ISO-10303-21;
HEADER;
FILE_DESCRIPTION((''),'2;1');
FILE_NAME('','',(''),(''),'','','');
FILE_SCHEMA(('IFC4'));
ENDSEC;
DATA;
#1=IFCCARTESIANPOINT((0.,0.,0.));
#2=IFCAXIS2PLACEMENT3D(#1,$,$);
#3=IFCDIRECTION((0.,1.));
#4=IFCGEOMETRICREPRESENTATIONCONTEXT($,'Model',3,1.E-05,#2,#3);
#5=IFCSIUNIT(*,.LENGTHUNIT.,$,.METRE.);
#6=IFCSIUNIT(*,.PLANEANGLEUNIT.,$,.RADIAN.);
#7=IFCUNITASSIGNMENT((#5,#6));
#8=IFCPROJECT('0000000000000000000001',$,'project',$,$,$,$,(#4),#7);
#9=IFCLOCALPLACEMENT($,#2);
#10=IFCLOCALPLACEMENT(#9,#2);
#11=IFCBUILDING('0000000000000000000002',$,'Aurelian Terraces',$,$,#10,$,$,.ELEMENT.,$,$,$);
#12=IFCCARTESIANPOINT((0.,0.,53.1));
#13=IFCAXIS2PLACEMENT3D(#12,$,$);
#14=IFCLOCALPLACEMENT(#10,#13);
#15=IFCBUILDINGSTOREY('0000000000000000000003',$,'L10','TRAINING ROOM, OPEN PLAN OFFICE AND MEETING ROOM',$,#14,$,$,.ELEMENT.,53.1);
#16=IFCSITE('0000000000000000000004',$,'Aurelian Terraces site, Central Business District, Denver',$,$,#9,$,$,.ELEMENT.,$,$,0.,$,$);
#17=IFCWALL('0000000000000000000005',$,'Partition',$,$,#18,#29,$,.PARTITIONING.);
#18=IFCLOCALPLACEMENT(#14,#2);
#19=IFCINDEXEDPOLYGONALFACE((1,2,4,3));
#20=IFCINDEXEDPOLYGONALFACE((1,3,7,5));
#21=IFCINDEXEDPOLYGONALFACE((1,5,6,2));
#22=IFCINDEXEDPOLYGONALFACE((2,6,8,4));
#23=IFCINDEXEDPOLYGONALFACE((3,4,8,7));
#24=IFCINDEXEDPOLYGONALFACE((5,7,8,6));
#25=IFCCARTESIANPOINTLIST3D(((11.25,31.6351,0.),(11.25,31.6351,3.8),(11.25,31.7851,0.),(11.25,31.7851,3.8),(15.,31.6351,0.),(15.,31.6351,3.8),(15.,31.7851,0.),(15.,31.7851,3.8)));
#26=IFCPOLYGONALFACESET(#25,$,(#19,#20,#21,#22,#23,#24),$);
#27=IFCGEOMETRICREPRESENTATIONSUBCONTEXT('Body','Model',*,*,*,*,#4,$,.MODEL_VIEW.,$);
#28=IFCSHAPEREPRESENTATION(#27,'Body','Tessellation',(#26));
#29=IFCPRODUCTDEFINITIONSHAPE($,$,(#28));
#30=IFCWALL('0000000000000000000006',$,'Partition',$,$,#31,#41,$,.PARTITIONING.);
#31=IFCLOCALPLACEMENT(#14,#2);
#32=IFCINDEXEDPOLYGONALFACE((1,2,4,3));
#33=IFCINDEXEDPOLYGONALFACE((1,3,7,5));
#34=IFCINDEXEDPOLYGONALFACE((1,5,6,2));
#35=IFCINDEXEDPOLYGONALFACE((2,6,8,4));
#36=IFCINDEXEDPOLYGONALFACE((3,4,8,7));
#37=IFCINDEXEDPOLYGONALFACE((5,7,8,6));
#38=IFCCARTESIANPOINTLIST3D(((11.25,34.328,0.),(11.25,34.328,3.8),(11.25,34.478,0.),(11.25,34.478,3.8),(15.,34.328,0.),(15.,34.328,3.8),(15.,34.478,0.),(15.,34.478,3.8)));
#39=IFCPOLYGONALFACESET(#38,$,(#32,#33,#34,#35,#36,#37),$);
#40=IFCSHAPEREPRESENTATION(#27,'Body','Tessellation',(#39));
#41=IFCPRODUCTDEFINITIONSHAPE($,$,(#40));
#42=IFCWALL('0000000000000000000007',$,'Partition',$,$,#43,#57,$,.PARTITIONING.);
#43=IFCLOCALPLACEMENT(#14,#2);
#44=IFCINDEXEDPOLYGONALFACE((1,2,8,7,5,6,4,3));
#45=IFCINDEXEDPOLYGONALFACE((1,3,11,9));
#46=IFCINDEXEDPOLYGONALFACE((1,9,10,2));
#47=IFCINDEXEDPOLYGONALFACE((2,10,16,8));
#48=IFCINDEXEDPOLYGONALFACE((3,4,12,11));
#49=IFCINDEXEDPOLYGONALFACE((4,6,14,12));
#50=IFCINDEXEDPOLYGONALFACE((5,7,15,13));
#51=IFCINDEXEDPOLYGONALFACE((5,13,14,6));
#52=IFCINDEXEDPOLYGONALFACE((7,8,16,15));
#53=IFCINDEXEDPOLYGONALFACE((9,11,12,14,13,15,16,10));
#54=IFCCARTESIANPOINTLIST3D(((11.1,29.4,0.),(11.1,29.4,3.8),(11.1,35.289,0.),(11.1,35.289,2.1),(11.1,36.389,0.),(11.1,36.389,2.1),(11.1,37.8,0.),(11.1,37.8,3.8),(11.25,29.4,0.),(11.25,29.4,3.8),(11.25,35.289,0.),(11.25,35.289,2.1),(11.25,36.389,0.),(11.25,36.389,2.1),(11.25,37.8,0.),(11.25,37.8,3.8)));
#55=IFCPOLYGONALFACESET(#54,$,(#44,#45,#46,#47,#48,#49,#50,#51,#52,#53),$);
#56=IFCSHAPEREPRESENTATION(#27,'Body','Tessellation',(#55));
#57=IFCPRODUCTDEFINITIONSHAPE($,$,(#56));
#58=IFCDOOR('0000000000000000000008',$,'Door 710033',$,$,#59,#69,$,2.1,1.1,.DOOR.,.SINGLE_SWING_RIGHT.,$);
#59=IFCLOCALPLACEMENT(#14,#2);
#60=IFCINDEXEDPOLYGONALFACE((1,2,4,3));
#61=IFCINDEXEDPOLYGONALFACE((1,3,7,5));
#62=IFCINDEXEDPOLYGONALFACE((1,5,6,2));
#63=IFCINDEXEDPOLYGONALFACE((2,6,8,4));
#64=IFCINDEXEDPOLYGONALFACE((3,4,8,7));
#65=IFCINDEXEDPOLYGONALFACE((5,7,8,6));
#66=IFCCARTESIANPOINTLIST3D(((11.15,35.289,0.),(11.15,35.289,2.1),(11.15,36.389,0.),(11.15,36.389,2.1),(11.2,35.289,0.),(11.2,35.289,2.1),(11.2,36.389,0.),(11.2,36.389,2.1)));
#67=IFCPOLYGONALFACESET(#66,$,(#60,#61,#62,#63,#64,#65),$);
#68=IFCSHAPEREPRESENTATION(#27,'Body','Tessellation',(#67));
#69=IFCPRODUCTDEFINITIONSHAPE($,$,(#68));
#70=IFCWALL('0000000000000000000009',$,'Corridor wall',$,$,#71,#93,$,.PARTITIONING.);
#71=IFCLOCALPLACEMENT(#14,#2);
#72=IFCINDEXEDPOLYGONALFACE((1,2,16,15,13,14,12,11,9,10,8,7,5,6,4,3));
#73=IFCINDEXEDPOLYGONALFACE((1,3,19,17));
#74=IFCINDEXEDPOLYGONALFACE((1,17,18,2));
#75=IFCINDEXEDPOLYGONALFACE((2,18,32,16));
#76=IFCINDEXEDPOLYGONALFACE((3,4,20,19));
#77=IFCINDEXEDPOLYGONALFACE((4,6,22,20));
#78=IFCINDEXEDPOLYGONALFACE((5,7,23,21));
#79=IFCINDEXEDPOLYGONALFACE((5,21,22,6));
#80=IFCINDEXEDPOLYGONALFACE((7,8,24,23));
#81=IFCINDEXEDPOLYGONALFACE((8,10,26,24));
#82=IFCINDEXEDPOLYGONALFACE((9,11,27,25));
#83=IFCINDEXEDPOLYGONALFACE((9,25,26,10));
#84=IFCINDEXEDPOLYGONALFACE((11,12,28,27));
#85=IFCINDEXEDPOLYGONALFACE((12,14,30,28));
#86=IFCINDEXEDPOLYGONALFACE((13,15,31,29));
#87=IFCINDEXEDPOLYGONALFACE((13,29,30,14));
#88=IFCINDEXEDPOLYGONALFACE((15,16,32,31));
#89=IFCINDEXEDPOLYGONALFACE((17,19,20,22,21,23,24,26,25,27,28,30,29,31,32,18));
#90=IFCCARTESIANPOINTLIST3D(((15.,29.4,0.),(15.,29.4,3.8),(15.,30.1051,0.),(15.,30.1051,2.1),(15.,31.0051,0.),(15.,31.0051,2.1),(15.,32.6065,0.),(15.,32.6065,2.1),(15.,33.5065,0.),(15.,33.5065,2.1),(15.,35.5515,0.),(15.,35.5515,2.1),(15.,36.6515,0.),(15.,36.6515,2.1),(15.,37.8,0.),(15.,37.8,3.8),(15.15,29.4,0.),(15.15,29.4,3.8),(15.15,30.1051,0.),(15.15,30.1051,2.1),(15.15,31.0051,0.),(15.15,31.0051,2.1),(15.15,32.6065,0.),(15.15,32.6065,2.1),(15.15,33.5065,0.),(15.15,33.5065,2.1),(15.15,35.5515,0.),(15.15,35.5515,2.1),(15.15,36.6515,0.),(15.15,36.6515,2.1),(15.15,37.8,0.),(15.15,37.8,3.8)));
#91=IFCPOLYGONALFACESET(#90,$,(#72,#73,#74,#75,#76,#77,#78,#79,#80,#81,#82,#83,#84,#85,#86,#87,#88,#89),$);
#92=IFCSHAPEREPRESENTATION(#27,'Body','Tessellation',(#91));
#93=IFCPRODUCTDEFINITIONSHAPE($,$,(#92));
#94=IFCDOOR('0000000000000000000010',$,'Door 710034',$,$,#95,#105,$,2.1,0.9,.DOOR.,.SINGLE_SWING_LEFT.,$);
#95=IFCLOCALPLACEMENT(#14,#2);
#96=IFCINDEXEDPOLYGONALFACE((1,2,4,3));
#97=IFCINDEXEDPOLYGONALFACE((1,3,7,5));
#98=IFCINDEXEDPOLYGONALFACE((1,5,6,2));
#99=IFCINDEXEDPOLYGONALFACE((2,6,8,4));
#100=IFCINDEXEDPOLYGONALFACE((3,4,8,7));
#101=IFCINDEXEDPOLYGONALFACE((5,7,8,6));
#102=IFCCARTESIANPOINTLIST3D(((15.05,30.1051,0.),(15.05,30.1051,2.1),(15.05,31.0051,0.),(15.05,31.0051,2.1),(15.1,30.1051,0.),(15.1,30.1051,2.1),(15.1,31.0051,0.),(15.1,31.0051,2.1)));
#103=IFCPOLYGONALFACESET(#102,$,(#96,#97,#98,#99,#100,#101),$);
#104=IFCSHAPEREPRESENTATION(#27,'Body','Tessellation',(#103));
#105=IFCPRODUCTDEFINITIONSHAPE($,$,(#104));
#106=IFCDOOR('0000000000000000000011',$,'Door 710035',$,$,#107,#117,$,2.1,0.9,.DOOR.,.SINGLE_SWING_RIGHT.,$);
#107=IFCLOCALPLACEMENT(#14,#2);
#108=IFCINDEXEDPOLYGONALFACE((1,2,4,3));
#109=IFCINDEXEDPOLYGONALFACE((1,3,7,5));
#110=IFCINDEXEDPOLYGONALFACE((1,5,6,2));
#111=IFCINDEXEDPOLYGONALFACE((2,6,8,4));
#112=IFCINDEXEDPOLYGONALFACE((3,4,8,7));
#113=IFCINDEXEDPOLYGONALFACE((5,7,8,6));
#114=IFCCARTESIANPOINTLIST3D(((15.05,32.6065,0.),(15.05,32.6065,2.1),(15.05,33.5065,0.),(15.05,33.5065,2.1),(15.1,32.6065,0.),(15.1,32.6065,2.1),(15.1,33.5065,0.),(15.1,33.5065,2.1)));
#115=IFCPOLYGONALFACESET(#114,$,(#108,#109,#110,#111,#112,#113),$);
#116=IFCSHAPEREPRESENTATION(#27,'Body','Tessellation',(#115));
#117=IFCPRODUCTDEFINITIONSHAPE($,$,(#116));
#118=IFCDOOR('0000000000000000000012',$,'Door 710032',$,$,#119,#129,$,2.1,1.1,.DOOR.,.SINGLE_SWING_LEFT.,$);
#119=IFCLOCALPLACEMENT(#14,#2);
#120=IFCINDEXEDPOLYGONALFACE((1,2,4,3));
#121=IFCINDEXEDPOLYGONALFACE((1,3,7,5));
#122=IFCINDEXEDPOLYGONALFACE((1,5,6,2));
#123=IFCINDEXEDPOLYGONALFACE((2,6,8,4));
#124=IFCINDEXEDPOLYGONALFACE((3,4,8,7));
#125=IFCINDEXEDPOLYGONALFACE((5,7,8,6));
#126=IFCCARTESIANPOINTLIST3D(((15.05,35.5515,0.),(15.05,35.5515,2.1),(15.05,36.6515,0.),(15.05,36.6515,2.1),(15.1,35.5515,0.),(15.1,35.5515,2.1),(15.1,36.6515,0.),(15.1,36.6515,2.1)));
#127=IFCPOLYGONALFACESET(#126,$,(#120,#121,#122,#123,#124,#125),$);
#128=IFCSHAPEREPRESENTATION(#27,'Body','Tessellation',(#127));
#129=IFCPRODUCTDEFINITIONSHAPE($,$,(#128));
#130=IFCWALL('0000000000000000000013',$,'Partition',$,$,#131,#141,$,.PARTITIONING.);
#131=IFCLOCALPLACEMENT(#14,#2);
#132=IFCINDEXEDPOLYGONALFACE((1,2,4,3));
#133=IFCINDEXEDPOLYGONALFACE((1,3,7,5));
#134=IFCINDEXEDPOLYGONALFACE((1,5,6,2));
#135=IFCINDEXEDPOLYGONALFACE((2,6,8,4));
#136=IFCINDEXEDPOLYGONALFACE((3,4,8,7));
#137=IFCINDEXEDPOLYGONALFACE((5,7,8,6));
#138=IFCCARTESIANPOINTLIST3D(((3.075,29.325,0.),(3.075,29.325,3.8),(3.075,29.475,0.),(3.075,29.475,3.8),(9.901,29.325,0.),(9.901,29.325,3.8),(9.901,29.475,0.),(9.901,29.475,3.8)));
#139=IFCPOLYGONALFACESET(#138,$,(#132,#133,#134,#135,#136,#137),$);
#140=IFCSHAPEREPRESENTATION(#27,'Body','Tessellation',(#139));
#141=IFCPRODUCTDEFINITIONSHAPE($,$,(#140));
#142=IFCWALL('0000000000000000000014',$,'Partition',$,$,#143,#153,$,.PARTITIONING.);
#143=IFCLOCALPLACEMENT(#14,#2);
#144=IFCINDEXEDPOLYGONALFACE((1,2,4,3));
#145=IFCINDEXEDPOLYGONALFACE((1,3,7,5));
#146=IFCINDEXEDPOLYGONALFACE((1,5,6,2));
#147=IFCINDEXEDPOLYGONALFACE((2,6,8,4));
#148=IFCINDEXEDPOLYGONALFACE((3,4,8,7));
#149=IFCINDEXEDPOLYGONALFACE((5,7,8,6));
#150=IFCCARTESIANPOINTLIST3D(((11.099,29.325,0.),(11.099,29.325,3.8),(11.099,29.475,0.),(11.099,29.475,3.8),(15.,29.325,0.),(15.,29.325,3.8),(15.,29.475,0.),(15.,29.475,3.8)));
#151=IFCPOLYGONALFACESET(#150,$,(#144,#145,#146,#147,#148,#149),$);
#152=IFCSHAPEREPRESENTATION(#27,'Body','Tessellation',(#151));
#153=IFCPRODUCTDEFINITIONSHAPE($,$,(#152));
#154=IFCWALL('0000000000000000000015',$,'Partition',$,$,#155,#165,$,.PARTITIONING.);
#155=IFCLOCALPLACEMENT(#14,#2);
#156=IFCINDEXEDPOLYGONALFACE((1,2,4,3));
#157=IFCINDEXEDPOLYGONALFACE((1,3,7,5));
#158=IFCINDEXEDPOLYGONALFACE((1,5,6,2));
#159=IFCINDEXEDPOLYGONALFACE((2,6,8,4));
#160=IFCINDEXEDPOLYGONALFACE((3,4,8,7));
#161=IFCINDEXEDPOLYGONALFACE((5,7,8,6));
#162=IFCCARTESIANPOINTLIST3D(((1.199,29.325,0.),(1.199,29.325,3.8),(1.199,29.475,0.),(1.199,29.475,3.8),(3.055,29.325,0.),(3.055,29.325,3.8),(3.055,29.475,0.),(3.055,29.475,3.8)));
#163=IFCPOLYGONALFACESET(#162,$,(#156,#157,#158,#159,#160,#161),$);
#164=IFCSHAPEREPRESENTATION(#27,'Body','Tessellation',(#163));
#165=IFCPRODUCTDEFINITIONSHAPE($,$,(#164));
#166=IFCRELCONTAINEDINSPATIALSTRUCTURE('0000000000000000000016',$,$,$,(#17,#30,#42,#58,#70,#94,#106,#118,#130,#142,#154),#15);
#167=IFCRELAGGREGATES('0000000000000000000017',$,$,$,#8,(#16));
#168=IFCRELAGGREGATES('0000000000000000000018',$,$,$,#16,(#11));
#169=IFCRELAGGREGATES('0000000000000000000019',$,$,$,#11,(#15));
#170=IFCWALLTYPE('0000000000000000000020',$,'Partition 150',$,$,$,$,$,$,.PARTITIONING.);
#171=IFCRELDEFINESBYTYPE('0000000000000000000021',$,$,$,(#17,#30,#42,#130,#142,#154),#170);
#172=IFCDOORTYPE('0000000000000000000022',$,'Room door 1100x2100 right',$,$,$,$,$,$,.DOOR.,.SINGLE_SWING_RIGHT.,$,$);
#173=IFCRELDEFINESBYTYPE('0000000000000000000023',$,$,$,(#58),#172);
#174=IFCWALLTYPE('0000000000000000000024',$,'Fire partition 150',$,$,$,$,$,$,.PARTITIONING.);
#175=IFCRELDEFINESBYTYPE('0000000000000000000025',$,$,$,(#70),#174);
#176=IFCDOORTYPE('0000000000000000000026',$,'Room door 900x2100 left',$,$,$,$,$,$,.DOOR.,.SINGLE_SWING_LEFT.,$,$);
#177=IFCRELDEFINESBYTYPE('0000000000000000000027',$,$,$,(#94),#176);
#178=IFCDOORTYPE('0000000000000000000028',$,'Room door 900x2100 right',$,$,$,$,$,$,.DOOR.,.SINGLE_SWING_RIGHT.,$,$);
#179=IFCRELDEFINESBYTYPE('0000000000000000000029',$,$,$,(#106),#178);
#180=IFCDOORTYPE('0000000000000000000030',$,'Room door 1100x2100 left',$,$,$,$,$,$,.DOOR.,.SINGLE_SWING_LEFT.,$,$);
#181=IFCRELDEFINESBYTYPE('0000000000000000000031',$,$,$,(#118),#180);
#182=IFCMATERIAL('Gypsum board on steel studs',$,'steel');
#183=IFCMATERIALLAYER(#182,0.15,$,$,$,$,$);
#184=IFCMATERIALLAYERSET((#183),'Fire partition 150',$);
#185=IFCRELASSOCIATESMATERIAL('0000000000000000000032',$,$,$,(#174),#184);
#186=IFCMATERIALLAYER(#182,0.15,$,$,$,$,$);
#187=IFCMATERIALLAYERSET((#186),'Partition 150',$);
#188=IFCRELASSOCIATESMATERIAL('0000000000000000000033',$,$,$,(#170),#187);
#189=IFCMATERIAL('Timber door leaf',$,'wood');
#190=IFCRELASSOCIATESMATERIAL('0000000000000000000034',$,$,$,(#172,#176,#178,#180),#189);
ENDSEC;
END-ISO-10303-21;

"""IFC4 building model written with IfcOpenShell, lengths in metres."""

from ifc_helpers import new_model, si_unit, direction, frame, frame_2d, origin, place, context, subcontext, project, spatial, rectangle, extrude, source, transform, mapped, material, layer, layer_set, type_object, element, fill, save


model = new_model("IFC4")

# Units and contexts
model_context = context("Model", 3, precision=1e-05, world=origin(), true_north=direction((0.0, 1.0)))
body_context = subcontext(model_context, "Body", "Model", "MODEL_VIEW")
ifc_project = project(units=[si_unit("LENGTHUNIT", "METRE"), si_unit("PLANEANGLEUNIT", "RADIAN")], contexts=[model_context])

# Site, building, storey
site_placement = place(None, origin())
site = spatial("IfcSite", under=ifc_project, at=site_placement, Name="Aurelian Terraces site, Central Business District, Denver", CompositionType="ELEMENT", RefElevation=0.0)
building_placement = place(site_placement, origin())
building = spatial("IfcBuilding", under=site, at=building_placement, Name="Aurelian Terraces", CompositionType="ELEMENT")
storey_placement = place(building_placement, frame((0.0, 0.0, 53.1)))
storey = spatial("IfcBuildingStorey", under=building, at=storey_placement, Name="L10", Description="TRAINING ROOM, OPEN PLAN OFFICE AND MEETING ROOM", CompositionType="ELEMENT", Elevation=53.1)

# Walls
ifc_material_1 = material(Name="Gypsum board on steel studs", Category="steel")
ifc_layer_1 = layer(ifc_material_1, 0.15)
ifc_layer_set_1 = layer_set([ifc_layer_1], Name="Fire partition 150")
wall_type_1 = type_object("IfcWallType", Name="Fire partition 150", PredefinedType="PARTITIONING", material=ifc_layer_set_1)
ifc_layer_2 = layer(ifc_material_1, 0.15)
ifc_layer_set_2 = layer_set([ifc_layer_2], Name="Partition 150")
wall_type_2 = type_object("IfcWallType", Name="Partition 150", PredefinedType="PARTITIONING", material=ifc_layer_set_2)
shared_shape_1 = source(origin(), body_context, "Body", "SweptSolid", [
    extrude(rectangle(XDim=3.75, YDim=0.15, at=frame_2d((1.875, 0.0))), origin(), (0.0, 0.0, 1.0), 3.8),
])
for number, where, z_axis, x_axis, name in (
    (1, (15.0, 31.7101, 0.0), (0.0, 0.0, 1.0), (-1.0, 0.0, 0.0), "Partition"),
    (2, (15.0, 34.403, 0.0), (0.0, 0.0, 1.0), (-1.0, 0.0, 0.0), "Partition"),
):
    element("IfcWall", number, at=place(storey_placement, frame(where, z_axis=z_axis, x_axis=x_axis)), inside=storey, type_object=wall_type_2, Name=name, PredefinedType="PARTITIONING", context=body_context, shape_type="MappedRepresentation", body=[
        mapped(shared_shape_1, transform((0.0, 0.0, 0.0), scale=1.0)),
    ])

# Wall, opening, door
shared_shape_2 = source(origin(), body_context, "Body", "SweptSolid", [
    extrude(rectangle(XDim=8.4, YDim=0.15, at=frame_2d((4.2, 0.0))), origin(), (0.0, 0.0, 1.0), 3.8),
])
wall_1_placement = place(storey_placement, frame((11.175, 29.4, 0.0), z_axis=(0.0, 0.0, 1.0), x_axis=(0.0, 1.0, 0.0)))
wall_1 = element("IfcWall", 3, at=wall_1_placement, inside=storey, type_object=wall_type_2, Name="Partition", PredefinedType="PARTITIONING", context=body_context, shape_type="MappedRepresentation", body=[
    mapped(shared_shape_2, transform((0.0, 0.0, 0.0), scale=1.0)),
])
shared_shape_3 = source(origin(), body_context, "Body", "SweptSolid", [
    extrude(rectangle(XDim=1.1, YDim=2.1, at=frame_2d((0.55, 1.05))), frame((0.0, 0.085, 0.0), z_axis=(0.0, -1.0, 0.0), x_axis=(1.0, 0.0, 0.0)), (0.0, 0.0, 1.0), 0.17),
])
opening_1_placement = place(wall_1_placement, frame((5.889, 0.0, 0.0)))
opening_1 = element("IfcOpeningElement", 4, at=opening_1_placement, cuts=wall_1, PredefinedType="OPENING", context=body_context, shape_type="MappedRepresentation", body=[
    mapped(shared_shape_3, transform((0.0, 0.0, 0.0), scale=1.0)),
])
ifc_material_2 = material(Name="Timber door leaf", Category="wood")
door_type_1 = type_object("IfcDoorType", Name="Room door 1100x2100 right", OperationType="SINGLE_SWING_RIGHT", PredefinedType="DOOR", material=ifc_material_2)
shared_shape_4 = source(origin(), body_context, "Body", "SweptSolid", [
    extrude(rectangle(XDim=1.1, YDim=2.1, at=frame_2d((0.55, 1.05))), frame((0.0, 0.025, 0.0), z_axis=(0.0, -1.0, 0.0), x_axis=(1.0, 0.0, 0.0)), (0.0, 0.0, 1.0), 0.05),
])
door_1_placement = place(opening_1_placement, origin())
door_1 = element("IfcDoor", 5, at=door_1_placement, inside=storey, type_object=door_type_1, Name="Door 710033", OperationType="SINGLE_SWING_RIGHT", OverallHeight=2.1, OverallWidth=1.1, PredefinedType="DOOR", context=body_context, shape_type="MappedRepresentation", body=[
    mapped(shared_shape_4, transform((0.0, 0.0, 0.0), scale=1.0)),
])
fill(opening_1, door_1)

# Wall, openings, doors
wall_2_placement = place(storey_placement, frame((15.075, 29.4, 0.0), z_axis=(0.0, 0.0, 1.0), x_axis=(0.0, 1.0, 0.0)))
wall_2 = element("IfcWall", 6, at=wall_2_placement, inside=storey, type_object=wall_type_1, Name="Corridor wall", PredefinedType="PARTITIONING", context=body_context, shape_type="MappedRepresentation", body=[
    mapped(shared_shape_2, transform((0.0, 0.0, 0.0), scale=1.0)),
])
opening_2_placement = place(wall_2_placement, frame((6.1515, 0.0, 0.0)))
opening_2 = element("IfcOpeningElement", 7, at=opening_2_placement, cuts=wall_2, PredefinedType="OPENING", context=body_context, shape_type="MappedRepresentation", body=[
    mapped(shared_shape_3, transform((0.0, 0.0, 0.0), scale=1.0)),
])
shared_shape_5 = source(origin(), body_context, "Body", "SweptSolid", [
    extrude(rectangle(XDim=0.9, YDim=2.1, at=frame_2d((0.45, 1.05))), frame((0.0, 0.085, 0.0), z_axis=(0.0, -1.0, 0.0), x_axis=(1.0, 0.0, 0.0)), (0.0, 0.0, 1.0), 0.17),
])
opening_3_placement = place(wall_2_placement, frame((0.7051, 0.0, 0.0)))
opening_3 = element("IfcOpeningElement", 8, at=opening_3_placement, cuts=wall_2, PredefinedType="OPENING", context=body_context, shape_type="MappedRepresentation", body=[
    mapped(shared_shape_5, transform((0.0, 0.0, 0.0), scale=1.0)),
])
opening_4_placement = place(wall_2_placement, frame((3.2065, 0.0, 0.0)))
opening_4 = element("IfcOpeningElement", 9, at=opening_4_placement, cuts=wall_2, PredefinedType="OPENING", context=body_context, shape_type="MappedRepresentation", body=[
    mapped(shared_shape_5, transform((0.0, 0.0, 0.0), scale=1.0)),
])
door_type_2 = type_object("IfcDoorType", Name="Room door 900x2100 left", OperationType="SINGLE_SWING_LEFT", PredefinedType="DOOR", material=ifc_material_2)
shared_shape_6 = source(origin(), body_context, "Body", "SweptSolid", [
    extrude(rectangle(XDim=0.9, YDim=2.1, at=frame_2d((0.45, 1.05))), frame((0.0, 0.025, 0.0), z_axis=(0.0, -1.0, 0.0), x_axis=(1.0, 0.0, 0.0)), (0.0, 0.0, 1.0), 0.05),
])
door_2_placement = place(opening_3_placement, origin())
door_2 = element("IfcDoor", 10, at=door_2_placement, inside=storey, type_object=door_type_2, Name="Door 710034", OperationType="SINGLE_SWING_LEFT", OverallHeight=2.1, OverallWidth=0.9, PredefinedType="DOOR", context=body_context, shape_type="MappedRepresentation", body=[
    mapped(shared_shape_6, transform((0.0, 0.0, 0.0), scale=1.0)),
])
fill(opening_3, door_2)
door_type_3 = type_object("IfcDoorType", Name="Room door 900x2100 right", OperationType="SINGLE_SWING_RIGHT", PredefinedType="DOOR", material=ifc_material_2)
door_3_placement = place(opening_4_placement, origin())
door_3 = element("IfcDoor", 11, at=door_3_placement, inside=storey, type_object=door_type_3, Name="Door 710035", OperationType="SINGLE_SWING_RIGHT", OverallHeight=2.1, OverallWidth=0.9, PredefinedType="DOOR", context=body_context, shape_type="MappedRepresentation", body=[
    mapped(shared_shape_6, transform((0.0, 0.0, 0.0), scale=1.0)),
])
fill(opening_4, door_3)
door_type_4 = type_object("IfcDoorType", Name="Room door 1100x2100 left", OperationType="SINGLE_SWING_LEFT", PredefinedType="DOOR", material=ifc_material_2)
door_4_placement = place(opening_2_placement, origin())
door_4 = element("IfcDoor", 12, at=door_4_placement, inside=storey, type_object=door_type_4, Name="Door 710032", OperationType="SINGLE_SWING_LEFT", OverallHeight=2.1, OverallWidth=1.1, PredefinedType="DOOR", context=body_context, shape_type="MappedRepresentation", body=[
    mapped(shared_shape_4, transform((0.0, 0.0, 0.0), scale=1.0)),
])
fill(opening_2, door_4)

# Walls
shared_shape_7 = source(origin(), body_context, "Body", "SweptSolid", [
    extrude(rectangle(XDim=6.826, YDim=0.15, at=frame_2d((3.413, 0.0))), origin(), (0.0, 0.0, 1.0), 3.8),
])
wall_3_placement = place(storey_placement, frame((9.901, 29.4, 0.0), z_axis=(0.0, 0.0, 1.0), x_axis=(-1.0, 0.0, 0.0)))
element("IfcWall", 13, at=wall_3_placement, inside=storey, type_object=wall_type_2, Name="Partition", PredefinedType="PARTITIONING", context=body_context, shape_type="MappedRepresentation", body=[
    mapped(shared_shape_7, transform((0.0, 0.0, 0.0), scale=1.0)),
])
shared_shape_8 = source(origin(), body_context, "Body", "SweptSolid", [
    extrude(rectangle(XDim=3.901, YDim=0.15, at=frame_2d((1.9505, 0.0))), origin(), (0.0, 0.0, 1.0), 3.8),
])
wall_4_placement = place(storey_placement, frame((15.0, 29.4, 0.0), z_axis=(0.0, 0.0, 1.0), x_axis=(-1.0, 0.0, 0.0)))
element("IfcWall", 14, at=wall_4_placement, inside=storey, type_object=wall_type_2, Name="Partition", PredefinedType="PARTITIONING", context=body_context, shape_type="MappedRepresentation", body=[
    mapped(shared_shape_8, transform((0.0, 0.0, 0.0), scale=1.0)),
])
shared_shape_9 = source(origin(), body_context, "Body", "SweptSolid", [
    extrude(rectangle(XDim=1.856, YDim=0.15, at=frame_2d((0.928, 0.0))), origin(), (0.0, 0.0, 1.0), 3.8),
])
wall_5_placement = place(storey_placement, frame((3.055, 29.4, 0.0), z_axis=(0.0, 0.0, 1.0), x_axis=(-1.0, 0.0, 0.0)))
element("IfcWall", 15, at=wall_5_placement, inside=storey, type_object=wall_type_2, Name="Partition", PredefinedType="PARTITIONING", context=body_context, shape_type="MappedRepresentation", body=[
    mapped(shared_shape_9, transform((0.0, 0.0, 0.0), scale=1.0)),
])

save(model, "model.ifc")
